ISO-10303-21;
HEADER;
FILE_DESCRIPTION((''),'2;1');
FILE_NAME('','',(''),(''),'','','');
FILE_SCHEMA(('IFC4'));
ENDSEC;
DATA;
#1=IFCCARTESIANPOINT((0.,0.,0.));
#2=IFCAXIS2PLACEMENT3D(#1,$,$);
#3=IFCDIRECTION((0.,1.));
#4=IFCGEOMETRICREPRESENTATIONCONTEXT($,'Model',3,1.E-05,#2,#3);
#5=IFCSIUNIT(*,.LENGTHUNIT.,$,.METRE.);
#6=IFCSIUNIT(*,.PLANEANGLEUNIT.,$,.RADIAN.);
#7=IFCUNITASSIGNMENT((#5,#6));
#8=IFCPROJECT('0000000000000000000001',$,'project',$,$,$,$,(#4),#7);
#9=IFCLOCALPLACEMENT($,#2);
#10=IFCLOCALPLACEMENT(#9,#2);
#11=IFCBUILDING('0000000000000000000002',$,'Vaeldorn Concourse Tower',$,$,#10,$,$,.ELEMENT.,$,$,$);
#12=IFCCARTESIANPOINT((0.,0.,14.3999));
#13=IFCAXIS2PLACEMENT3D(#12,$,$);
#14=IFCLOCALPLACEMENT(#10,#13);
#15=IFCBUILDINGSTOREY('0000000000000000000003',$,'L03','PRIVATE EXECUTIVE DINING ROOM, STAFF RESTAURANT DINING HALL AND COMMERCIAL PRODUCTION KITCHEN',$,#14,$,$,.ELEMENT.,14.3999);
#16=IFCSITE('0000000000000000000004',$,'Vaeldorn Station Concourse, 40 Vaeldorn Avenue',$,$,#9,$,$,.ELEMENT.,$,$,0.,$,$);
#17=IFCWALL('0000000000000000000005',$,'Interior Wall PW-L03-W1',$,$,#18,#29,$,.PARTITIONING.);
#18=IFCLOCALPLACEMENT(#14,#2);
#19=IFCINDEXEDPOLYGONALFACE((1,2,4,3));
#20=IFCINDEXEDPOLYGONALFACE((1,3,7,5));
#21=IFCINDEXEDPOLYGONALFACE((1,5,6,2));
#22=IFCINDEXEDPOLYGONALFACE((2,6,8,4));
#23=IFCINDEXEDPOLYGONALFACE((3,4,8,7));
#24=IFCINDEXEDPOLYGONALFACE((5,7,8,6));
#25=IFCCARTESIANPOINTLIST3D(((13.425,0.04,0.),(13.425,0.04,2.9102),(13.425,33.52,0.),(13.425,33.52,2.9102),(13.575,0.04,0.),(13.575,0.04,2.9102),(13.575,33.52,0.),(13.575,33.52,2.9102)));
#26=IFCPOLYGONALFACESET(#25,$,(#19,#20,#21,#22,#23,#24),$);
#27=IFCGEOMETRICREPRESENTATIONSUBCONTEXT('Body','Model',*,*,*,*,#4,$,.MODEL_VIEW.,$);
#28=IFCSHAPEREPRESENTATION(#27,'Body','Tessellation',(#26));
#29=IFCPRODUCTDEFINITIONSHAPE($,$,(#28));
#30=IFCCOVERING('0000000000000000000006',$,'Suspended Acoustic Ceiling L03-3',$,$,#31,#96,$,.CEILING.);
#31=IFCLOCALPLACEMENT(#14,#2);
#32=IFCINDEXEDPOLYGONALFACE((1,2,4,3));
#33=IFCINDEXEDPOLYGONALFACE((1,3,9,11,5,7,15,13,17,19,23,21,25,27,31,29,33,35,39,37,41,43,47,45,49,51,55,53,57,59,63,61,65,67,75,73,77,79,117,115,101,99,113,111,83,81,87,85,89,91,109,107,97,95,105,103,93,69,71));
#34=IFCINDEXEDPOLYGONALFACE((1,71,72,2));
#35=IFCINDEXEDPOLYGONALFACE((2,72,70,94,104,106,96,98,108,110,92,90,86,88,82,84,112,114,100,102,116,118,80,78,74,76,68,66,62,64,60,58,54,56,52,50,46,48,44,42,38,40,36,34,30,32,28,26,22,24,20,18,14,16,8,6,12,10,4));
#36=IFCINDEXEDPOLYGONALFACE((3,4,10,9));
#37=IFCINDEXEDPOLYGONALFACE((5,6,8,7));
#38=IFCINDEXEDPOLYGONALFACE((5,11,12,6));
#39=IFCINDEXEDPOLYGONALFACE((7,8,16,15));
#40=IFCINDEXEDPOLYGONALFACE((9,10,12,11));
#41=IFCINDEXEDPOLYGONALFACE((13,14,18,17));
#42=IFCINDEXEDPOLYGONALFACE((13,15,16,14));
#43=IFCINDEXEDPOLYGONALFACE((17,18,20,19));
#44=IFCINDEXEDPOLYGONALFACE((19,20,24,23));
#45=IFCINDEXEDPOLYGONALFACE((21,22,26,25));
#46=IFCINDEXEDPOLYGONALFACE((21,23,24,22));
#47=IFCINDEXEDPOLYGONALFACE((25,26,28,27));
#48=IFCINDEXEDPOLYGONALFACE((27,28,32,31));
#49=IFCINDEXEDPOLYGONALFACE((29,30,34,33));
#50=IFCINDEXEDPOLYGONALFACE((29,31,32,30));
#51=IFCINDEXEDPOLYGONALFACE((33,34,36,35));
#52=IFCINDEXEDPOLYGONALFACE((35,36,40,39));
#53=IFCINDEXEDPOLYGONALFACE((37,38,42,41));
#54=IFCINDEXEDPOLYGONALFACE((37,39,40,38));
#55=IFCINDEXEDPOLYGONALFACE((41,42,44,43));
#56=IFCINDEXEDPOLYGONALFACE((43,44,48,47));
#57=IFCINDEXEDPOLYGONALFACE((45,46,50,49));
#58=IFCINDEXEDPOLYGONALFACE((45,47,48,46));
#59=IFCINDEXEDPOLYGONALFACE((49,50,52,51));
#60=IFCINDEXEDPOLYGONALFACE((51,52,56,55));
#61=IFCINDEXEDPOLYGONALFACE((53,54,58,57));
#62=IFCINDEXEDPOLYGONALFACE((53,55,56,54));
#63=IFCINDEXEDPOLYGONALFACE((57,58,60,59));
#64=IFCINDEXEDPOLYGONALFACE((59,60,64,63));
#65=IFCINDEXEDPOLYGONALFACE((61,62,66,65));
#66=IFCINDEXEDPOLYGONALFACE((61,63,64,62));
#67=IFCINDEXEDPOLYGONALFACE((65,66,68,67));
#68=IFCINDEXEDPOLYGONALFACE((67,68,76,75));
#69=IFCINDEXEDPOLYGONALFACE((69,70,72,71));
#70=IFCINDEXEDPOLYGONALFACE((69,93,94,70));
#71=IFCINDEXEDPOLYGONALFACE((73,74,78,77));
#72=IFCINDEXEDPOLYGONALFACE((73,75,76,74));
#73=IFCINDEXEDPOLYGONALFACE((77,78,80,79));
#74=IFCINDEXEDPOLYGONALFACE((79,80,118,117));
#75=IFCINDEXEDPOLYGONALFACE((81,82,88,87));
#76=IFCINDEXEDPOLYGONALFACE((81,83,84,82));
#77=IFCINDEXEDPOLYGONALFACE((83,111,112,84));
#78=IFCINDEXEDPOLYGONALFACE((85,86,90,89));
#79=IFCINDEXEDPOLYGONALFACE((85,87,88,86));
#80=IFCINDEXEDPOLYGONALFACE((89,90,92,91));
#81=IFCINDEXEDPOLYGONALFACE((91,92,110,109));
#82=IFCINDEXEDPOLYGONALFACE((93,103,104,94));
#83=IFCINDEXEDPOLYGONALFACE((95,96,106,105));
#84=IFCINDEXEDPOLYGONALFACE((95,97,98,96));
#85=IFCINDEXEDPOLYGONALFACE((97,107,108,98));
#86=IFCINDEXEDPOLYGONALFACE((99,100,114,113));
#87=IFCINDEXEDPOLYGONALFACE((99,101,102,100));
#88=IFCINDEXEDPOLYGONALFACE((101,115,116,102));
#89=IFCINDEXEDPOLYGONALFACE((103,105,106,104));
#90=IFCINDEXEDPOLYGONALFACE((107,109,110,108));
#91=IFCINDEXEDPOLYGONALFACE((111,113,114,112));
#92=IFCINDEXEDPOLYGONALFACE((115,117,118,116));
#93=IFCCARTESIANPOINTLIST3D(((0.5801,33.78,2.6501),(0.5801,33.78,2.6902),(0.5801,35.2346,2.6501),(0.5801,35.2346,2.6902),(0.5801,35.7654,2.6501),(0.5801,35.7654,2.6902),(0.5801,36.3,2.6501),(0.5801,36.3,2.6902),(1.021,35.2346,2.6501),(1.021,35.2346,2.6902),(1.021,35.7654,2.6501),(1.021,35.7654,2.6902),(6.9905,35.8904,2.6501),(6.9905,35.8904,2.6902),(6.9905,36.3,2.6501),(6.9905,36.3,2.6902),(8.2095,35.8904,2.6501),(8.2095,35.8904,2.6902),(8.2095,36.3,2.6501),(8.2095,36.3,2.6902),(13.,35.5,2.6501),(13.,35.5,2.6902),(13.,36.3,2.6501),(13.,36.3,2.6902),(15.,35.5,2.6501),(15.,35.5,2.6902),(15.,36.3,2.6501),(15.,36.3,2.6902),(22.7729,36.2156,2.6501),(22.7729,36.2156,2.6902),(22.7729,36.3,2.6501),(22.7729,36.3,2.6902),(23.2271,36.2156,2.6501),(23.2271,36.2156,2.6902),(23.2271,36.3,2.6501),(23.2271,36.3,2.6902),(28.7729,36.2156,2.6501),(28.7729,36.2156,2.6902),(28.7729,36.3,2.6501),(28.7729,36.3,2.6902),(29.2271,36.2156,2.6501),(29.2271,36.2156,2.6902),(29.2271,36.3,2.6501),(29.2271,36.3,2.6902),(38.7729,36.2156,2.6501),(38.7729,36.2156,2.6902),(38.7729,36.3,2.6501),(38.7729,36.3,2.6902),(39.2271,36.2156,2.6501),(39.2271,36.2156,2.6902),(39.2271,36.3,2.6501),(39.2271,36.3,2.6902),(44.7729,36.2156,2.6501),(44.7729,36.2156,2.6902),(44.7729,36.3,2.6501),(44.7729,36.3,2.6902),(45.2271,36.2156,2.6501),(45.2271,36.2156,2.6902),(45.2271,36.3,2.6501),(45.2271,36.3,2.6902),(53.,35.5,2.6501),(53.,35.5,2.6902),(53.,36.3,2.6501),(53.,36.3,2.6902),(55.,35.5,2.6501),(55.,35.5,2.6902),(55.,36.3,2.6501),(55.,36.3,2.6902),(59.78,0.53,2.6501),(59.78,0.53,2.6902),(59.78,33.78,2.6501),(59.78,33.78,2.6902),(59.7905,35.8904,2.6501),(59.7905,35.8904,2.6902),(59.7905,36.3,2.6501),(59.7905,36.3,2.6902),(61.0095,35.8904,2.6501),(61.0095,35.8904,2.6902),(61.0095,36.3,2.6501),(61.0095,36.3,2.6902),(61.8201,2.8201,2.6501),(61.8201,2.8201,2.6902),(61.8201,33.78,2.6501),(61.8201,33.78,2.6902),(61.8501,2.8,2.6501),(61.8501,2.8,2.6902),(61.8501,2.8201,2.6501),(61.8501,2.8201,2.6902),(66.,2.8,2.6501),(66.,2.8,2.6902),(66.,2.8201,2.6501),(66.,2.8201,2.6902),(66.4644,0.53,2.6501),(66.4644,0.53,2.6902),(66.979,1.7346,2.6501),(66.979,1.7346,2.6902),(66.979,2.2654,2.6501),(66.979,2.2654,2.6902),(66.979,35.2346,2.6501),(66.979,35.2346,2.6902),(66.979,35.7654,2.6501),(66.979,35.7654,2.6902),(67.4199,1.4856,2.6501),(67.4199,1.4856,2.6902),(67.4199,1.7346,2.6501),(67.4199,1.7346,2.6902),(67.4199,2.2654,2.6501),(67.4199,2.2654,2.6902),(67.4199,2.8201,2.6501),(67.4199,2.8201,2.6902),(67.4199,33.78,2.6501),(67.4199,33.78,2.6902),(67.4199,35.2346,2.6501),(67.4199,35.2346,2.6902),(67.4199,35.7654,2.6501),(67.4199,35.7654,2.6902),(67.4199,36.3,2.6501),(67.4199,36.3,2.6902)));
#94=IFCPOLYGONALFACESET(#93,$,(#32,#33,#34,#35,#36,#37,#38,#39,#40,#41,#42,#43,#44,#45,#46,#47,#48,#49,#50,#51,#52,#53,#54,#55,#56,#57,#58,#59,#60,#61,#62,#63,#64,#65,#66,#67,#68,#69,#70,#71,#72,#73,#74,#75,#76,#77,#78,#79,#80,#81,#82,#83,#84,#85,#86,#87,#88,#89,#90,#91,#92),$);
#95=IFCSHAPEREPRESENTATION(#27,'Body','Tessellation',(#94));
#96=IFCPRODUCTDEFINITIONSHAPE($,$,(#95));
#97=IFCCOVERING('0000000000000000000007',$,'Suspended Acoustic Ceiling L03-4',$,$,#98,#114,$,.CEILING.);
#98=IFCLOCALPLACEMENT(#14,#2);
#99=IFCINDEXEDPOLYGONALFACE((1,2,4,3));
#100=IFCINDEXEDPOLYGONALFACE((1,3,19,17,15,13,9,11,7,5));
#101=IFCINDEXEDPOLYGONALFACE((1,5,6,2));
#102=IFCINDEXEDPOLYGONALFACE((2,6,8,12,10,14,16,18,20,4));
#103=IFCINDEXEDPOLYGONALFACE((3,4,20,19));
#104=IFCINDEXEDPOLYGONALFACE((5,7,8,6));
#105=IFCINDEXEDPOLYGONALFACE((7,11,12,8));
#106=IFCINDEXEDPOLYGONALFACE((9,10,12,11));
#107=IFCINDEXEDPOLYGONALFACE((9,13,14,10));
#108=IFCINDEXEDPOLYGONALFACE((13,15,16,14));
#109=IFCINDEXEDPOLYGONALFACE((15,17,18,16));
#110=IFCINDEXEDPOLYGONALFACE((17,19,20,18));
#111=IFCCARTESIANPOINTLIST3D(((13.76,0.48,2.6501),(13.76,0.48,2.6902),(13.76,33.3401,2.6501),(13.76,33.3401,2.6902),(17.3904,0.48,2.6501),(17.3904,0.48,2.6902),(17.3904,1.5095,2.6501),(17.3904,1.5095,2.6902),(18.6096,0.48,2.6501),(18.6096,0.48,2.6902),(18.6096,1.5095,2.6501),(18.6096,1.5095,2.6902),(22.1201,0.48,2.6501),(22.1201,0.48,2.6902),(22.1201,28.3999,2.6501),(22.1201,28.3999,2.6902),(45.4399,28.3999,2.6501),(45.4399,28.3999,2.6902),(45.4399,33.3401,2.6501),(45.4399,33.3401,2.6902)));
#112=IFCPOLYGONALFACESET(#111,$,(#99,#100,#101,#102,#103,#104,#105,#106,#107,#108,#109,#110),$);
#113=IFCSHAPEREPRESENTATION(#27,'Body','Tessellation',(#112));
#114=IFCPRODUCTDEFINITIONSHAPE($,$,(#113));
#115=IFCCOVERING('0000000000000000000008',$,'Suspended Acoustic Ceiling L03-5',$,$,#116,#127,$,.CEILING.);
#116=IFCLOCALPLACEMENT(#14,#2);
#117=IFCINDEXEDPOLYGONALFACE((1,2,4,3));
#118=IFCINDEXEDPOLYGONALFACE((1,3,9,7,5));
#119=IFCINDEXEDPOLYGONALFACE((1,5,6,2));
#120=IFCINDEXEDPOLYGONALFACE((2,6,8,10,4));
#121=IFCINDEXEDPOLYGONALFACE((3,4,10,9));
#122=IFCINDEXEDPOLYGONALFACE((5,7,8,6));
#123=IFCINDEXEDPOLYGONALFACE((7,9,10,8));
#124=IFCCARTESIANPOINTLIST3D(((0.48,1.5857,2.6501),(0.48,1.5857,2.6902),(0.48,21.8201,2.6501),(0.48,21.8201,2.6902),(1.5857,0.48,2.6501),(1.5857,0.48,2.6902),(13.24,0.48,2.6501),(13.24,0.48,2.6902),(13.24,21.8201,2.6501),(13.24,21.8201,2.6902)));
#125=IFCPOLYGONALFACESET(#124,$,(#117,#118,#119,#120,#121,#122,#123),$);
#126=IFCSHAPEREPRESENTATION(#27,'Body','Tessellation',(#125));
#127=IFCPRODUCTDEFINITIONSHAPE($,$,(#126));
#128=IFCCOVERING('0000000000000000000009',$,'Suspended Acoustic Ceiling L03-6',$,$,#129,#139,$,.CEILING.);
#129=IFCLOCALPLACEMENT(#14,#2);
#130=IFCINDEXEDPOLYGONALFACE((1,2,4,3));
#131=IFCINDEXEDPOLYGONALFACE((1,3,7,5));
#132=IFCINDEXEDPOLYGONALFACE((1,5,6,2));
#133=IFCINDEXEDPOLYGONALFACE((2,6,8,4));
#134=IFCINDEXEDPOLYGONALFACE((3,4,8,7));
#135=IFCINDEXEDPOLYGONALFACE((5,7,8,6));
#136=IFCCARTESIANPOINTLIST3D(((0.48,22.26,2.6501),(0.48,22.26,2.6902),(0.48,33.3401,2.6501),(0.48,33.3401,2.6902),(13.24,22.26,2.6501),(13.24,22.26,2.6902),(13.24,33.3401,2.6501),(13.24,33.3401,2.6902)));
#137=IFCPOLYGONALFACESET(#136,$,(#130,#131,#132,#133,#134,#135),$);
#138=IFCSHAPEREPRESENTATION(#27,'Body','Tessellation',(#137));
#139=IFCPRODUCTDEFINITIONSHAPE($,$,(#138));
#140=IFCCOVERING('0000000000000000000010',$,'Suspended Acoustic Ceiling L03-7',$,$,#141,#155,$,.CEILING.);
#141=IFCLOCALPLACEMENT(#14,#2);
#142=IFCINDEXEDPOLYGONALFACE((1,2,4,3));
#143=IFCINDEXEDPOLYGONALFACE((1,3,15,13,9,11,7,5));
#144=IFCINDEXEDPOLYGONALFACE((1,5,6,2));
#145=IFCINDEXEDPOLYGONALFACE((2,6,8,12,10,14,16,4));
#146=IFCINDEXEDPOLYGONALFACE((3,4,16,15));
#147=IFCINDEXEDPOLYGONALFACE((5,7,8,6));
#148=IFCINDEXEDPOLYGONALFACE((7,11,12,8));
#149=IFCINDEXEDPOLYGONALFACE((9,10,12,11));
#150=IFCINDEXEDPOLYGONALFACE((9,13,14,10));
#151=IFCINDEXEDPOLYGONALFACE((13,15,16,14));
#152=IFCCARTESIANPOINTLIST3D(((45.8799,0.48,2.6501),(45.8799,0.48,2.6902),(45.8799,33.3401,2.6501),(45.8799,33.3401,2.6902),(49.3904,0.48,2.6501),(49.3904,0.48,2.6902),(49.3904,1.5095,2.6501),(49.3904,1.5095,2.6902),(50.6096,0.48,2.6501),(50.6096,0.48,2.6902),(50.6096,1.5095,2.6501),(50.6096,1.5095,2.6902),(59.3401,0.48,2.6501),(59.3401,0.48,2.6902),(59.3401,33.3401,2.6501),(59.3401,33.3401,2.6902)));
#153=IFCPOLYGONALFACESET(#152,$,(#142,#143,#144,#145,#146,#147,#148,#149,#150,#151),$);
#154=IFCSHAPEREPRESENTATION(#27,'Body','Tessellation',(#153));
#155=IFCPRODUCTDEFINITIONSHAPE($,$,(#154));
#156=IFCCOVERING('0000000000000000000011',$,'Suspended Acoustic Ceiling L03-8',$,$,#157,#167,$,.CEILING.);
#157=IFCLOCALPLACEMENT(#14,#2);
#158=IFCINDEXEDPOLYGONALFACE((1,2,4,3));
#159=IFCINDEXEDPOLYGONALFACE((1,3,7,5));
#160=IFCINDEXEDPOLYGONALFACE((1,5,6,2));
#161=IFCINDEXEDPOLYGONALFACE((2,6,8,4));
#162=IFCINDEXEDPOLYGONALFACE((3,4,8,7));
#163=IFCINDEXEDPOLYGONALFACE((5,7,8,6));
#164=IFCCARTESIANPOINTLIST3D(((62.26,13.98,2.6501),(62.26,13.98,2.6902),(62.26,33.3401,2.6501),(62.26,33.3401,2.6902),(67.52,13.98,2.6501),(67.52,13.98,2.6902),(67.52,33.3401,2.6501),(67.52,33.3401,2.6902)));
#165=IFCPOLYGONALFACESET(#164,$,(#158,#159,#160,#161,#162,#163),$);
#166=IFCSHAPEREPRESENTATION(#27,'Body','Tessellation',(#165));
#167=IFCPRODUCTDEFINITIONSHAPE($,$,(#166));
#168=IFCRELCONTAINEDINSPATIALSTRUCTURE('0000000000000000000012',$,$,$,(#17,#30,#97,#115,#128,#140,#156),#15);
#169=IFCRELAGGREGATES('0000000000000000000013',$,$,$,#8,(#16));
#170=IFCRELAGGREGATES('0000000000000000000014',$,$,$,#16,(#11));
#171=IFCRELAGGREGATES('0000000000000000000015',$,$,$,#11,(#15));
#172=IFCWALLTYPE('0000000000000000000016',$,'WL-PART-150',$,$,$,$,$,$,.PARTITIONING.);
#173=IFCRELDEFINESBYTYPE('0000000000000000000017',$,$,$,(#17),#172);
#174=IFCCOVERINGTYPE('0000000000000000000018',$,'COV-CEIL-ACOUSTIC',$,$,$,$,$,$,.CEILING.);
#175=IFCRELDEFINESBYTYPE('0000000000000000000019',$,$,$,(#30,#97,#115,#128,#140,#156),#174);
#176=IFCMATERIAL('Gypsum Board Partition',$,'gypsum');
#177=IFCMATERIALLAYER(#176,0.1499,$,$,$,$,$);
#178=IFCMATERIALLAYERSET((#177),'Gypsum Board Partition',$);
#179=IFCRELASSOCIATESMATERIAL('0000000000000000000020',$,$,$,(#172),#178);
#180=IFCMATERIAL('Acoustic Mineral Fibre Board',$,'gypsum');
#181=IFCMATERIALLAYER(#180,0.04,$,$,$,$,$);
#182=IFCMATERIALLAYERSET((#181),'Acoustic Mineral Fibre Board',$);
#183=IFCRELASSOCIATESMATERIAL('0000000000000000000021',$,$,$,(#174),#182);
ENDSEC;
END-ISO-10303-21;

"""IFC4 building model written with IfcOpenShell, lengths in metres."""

from ifc_helpers import new_model, si_unit, direction, frame, frame_2d, origin, place, context, subcontext, project, spatial, polyline, rectangle, outline, extrude, material, layer, layer_set, type_object, element, save


model = new_model("IFC4")

# Units and contexts
model_context = context("Model", 3, precision=1e-05, world=origin(), true_north=direction((0.0, 1.0)))
body_context = subcontext(model_context, "Body", "Model", "MODEL_VIEW")
ifc_project = project(units=[si_unit("LENGTHUNIT", "METRE"), si_unit("PLANEANGLEUNIT", "RADIAN")], contexts=[model_context])

# Site, building, storey
site_placement = place(None, origin())
site = spatial("IfcSite", under=ifc_project, at=site_placement, Name="Vaeldorn Station Concourse, 40 Vaeldorn Avenue", CompositionType="ELEMENT", RefElevation=0.0)
building_placement = place(site_placement, origin())
building = spatial("IfcBuilding", under=site, at=building_placement, Name="Vaeldorn Concourse Tower", CompositionType="ELEMENT")
storey_placement = place(building_placement, frame((0.0, 0.0, 14.3999)))
storey = spatial("IfcBuildingStorey", under=building, at=storey_placement, Name="L03", Description="PRIVATE EXECUTIVE DINING ROOM, STAFF RESTAURANT DINING HALL AND COMMERCIAL PRODUCTION KITCHEN", CompositionType="ELEMENT", Elevation=14.3999)

# Wall
ifc_material_1 = material(Name="Gypsum Board Partition", Category="gypsum")
ifc_layer_1 = layer(ifc_material_1, 0.1499)
ifc_layer_set_1 = layer_set([ifc_layer_1], Name="Gypsum Board Partition")
wall_type = type_object("IfcWallType", Name="WL-PART-150", PredefinedType="PARTITIONING", material=ifc_layer_set_1)
wall_placement = place(storey_placement, frame((13.5, 0.04, 0.0), z_axis=(0.0, 0.0, 1.0), x_axis=(0.0, 1.0, 0.0)))
element("IfcWall", 1, at=wall_placement, inside=storey, type_object=wall_type, Name="Interior Wall PW-L03-W1", PredefinedType="PARTITIONING", context=body_context, shape_type="SweptSolid", body=[
    extrude(rectangle(XDim=33.48, YDim=0.1499, at=frame_2d((16.74, 0.0))), origin(), (0.0, 0.0, 1.0), 2.9102),
])

# Coverings
ifc_material_2 = material(Name="Acoustic Mineral Fibre Board", Category="gypsum")
ifc_layer_2 = layer(ifc_material_2, 0.04)
ifc_layer_set_2 = layer_set([ifc_layer_2], Name="Acoustic Mineral Fibre Board")
covering_type_1 = type_object("IfcCoveringType", Name="COV-CEIL-ACOUSTIC", PredefinedType="CEILING", material=ifc_layer_set_2)
covering_1_placement = place(storey_placement, frame((0.0, 0.0, 2.6501)))
element("IfcCovering", 2, at=covering_1_placement, inside=storey, type_object=covering_type_1, Name="Suspended Acoustic Ceiling L03-3", PredefinedType="CEILING", context=body_context, shape_type="SweptSolid", body=[
    extrude(outline(polyline([(6.9905, 36.3), (6.9905, 35.8904), (8.2095, 35.8904), (8.2095, 36.3), (13.0, 36.3), (13.0, 35.5), (15.0, 35.5), (15.0, 36.3), (22.7729, 36.3), (22.7729, 36.2156), (23.2271, 36.2156), (23.2271, 36.3), (28.7729, 36.3), (28.7729, 36.2156), (29.2271, 36.2156), (29.2271, 36.3), (38.7729, 36.3), (38.7729, 36.2156), (39.2271, 36.2156), (39.2271, 36.3), (44.7729, 36.3), (44.7729, 36.2156), (45.2271, 36.2156), (45.2271, 36.3), (53.0, 36.3), (53.0, 35.5), (55.0, 35.5), (55.0, 36.3), (59.7905, 36.3), (59.7905, 35.8904), (61.0095, 35.8904), (61.0095, 36.3), (67.4199, 36.3), (67.4199, 35.7654), (66.979, 35.7654), (66.979, 35.2346), (67.4199, 35.2346), (67.4199, 33.78), (61.8201, 33.78), (61.8201, 2.8201), (61.8501, 2.8201), (61.8501, 2.8), (66.0, 2.8), (66.0, 2.8201), (67.4199, 2.8201), (67.4199, 2.2654), (66.979, 2.2654), (66.979, 1.7346), (67.4199, 1.7346), (67.4199, 1.4856), (66.4644, 0.53), (59.78, 0.53), (59.78, 33.78), (0.5801, 33.78), (0.5801, 35.2346), (1.021, 35.2346), (1.021, 35.7654), (0.5801, 35.7654), (0.5801, 36.3), (6.9905, 36.3)])), origin(), (0.0, 0.0, 1.0), 0.04),
])
covering_2_placement = place(storey_placement, frame((0.0, 0.0, 2.6501)))
element("IfcCovering", 3, at=covering_2_placement, inside=storey, type_object=covering_type_1, Name="Suspended Acoustic Ceiling L03-4", PredefinedType="CEILING", context=body_context, shape_type="SweptSolid", body=[
    extrude(outline(polyline([(13.76, 33.3401), (45.4399, 33.3401), (45.4399, 28.3999), (22.1201, 28.3999), (22.1201, 0.48), (18.6096, 0.48), (18.6096, 1.5095), (17.3904, 1.5095), (17.3904, 0.48), (13.76, 0.48), (13.76, 33.3401)])), origin(), (0.0, 0.0, 1.0), 0.04),
])
covering_3_placement = place(storey_placement, frame((0.0, 0.0, 2.6501)))
element("IfcCovering", 4, at=covering_3_placement, inside=storey, type_object=covering_type_1, Name="Suspended Acoustic Ceiling L03-5", PredefinedType="CEILING", context=body_context, shape_type="SweptSolid", body=[
    extrude(outline(polyline([(0.48, 21.8201), (13.24, 21.8201), (13.24, 0.48), (1.5857, 0.48), (0.48, 1.5857), (0.48, 21.8201)])), origin(), (0.0, 0.0, 1.0), 0.04),
])
covering_4_placement = place(storey_placement, frame((0.0, 0.0, 2.6501)))
element("IfcCovering", 5, at=covering_4_placement, inside=storey, type_object=covering_type_1, Name="Suspended Acoustic Ceiling L03-6", PredefinedType="CEILING", context=body_context, shape_type="SweptSolid", body=[
    extrude(outline(polyline([(0.48, 33.3401), (13.24, 33.3401), (13.24, 22.26), (0.48, 22.26), (0.48, 33.3401)])), origin(), (0.0, 0.0, 1.0), 0.04),
])
covering_5_placement = place(storey_placement, frame((0.0, 0.0, 2.6501)))
element("IfcCovering", 6, at=covering_5_placement, inside=storey, type_object=covering_type_1, Name="Suspended Acoustic Ceiling L03-7", PredefinedType="CEILING", context=body_context, shape_type="SweptSolid", body=[
    extrude(outline(polyline([(45.8799, 33.3401), (59.3401, 33.3401), (59.3401, 0.48), (50.6096, 0.48), (50.6096, 1.5095), (49.3904, 1.5095), (49.3904, 0.48), (45.8799, 0.48), (45.8799, 33.3401)])), origin(), (0.0, 0.0, 1.0), 0.04),
])
covering_6_placement = place(storey_placement, frame((0.0, 0.0, 2.6501)))
element("IfcCovering", 7, at=covering_6_placement, inside=storey, type_object=covering_type_1, Name="Suspended Acoustic Ceiling L03-8", PredefinedType="CEILING", context=body_context, shape_type="SweptSolid", body=[
    extrude(outline(polyline([(62.26, 33.3401), (67.52, 33.3401), (67.52, 13.98), (62.26, 13.98), (62.26, 33.3401)])), origin(), (0.0, 0.0, 1.0), 0.04),
])

save(model, "model.ifc")
